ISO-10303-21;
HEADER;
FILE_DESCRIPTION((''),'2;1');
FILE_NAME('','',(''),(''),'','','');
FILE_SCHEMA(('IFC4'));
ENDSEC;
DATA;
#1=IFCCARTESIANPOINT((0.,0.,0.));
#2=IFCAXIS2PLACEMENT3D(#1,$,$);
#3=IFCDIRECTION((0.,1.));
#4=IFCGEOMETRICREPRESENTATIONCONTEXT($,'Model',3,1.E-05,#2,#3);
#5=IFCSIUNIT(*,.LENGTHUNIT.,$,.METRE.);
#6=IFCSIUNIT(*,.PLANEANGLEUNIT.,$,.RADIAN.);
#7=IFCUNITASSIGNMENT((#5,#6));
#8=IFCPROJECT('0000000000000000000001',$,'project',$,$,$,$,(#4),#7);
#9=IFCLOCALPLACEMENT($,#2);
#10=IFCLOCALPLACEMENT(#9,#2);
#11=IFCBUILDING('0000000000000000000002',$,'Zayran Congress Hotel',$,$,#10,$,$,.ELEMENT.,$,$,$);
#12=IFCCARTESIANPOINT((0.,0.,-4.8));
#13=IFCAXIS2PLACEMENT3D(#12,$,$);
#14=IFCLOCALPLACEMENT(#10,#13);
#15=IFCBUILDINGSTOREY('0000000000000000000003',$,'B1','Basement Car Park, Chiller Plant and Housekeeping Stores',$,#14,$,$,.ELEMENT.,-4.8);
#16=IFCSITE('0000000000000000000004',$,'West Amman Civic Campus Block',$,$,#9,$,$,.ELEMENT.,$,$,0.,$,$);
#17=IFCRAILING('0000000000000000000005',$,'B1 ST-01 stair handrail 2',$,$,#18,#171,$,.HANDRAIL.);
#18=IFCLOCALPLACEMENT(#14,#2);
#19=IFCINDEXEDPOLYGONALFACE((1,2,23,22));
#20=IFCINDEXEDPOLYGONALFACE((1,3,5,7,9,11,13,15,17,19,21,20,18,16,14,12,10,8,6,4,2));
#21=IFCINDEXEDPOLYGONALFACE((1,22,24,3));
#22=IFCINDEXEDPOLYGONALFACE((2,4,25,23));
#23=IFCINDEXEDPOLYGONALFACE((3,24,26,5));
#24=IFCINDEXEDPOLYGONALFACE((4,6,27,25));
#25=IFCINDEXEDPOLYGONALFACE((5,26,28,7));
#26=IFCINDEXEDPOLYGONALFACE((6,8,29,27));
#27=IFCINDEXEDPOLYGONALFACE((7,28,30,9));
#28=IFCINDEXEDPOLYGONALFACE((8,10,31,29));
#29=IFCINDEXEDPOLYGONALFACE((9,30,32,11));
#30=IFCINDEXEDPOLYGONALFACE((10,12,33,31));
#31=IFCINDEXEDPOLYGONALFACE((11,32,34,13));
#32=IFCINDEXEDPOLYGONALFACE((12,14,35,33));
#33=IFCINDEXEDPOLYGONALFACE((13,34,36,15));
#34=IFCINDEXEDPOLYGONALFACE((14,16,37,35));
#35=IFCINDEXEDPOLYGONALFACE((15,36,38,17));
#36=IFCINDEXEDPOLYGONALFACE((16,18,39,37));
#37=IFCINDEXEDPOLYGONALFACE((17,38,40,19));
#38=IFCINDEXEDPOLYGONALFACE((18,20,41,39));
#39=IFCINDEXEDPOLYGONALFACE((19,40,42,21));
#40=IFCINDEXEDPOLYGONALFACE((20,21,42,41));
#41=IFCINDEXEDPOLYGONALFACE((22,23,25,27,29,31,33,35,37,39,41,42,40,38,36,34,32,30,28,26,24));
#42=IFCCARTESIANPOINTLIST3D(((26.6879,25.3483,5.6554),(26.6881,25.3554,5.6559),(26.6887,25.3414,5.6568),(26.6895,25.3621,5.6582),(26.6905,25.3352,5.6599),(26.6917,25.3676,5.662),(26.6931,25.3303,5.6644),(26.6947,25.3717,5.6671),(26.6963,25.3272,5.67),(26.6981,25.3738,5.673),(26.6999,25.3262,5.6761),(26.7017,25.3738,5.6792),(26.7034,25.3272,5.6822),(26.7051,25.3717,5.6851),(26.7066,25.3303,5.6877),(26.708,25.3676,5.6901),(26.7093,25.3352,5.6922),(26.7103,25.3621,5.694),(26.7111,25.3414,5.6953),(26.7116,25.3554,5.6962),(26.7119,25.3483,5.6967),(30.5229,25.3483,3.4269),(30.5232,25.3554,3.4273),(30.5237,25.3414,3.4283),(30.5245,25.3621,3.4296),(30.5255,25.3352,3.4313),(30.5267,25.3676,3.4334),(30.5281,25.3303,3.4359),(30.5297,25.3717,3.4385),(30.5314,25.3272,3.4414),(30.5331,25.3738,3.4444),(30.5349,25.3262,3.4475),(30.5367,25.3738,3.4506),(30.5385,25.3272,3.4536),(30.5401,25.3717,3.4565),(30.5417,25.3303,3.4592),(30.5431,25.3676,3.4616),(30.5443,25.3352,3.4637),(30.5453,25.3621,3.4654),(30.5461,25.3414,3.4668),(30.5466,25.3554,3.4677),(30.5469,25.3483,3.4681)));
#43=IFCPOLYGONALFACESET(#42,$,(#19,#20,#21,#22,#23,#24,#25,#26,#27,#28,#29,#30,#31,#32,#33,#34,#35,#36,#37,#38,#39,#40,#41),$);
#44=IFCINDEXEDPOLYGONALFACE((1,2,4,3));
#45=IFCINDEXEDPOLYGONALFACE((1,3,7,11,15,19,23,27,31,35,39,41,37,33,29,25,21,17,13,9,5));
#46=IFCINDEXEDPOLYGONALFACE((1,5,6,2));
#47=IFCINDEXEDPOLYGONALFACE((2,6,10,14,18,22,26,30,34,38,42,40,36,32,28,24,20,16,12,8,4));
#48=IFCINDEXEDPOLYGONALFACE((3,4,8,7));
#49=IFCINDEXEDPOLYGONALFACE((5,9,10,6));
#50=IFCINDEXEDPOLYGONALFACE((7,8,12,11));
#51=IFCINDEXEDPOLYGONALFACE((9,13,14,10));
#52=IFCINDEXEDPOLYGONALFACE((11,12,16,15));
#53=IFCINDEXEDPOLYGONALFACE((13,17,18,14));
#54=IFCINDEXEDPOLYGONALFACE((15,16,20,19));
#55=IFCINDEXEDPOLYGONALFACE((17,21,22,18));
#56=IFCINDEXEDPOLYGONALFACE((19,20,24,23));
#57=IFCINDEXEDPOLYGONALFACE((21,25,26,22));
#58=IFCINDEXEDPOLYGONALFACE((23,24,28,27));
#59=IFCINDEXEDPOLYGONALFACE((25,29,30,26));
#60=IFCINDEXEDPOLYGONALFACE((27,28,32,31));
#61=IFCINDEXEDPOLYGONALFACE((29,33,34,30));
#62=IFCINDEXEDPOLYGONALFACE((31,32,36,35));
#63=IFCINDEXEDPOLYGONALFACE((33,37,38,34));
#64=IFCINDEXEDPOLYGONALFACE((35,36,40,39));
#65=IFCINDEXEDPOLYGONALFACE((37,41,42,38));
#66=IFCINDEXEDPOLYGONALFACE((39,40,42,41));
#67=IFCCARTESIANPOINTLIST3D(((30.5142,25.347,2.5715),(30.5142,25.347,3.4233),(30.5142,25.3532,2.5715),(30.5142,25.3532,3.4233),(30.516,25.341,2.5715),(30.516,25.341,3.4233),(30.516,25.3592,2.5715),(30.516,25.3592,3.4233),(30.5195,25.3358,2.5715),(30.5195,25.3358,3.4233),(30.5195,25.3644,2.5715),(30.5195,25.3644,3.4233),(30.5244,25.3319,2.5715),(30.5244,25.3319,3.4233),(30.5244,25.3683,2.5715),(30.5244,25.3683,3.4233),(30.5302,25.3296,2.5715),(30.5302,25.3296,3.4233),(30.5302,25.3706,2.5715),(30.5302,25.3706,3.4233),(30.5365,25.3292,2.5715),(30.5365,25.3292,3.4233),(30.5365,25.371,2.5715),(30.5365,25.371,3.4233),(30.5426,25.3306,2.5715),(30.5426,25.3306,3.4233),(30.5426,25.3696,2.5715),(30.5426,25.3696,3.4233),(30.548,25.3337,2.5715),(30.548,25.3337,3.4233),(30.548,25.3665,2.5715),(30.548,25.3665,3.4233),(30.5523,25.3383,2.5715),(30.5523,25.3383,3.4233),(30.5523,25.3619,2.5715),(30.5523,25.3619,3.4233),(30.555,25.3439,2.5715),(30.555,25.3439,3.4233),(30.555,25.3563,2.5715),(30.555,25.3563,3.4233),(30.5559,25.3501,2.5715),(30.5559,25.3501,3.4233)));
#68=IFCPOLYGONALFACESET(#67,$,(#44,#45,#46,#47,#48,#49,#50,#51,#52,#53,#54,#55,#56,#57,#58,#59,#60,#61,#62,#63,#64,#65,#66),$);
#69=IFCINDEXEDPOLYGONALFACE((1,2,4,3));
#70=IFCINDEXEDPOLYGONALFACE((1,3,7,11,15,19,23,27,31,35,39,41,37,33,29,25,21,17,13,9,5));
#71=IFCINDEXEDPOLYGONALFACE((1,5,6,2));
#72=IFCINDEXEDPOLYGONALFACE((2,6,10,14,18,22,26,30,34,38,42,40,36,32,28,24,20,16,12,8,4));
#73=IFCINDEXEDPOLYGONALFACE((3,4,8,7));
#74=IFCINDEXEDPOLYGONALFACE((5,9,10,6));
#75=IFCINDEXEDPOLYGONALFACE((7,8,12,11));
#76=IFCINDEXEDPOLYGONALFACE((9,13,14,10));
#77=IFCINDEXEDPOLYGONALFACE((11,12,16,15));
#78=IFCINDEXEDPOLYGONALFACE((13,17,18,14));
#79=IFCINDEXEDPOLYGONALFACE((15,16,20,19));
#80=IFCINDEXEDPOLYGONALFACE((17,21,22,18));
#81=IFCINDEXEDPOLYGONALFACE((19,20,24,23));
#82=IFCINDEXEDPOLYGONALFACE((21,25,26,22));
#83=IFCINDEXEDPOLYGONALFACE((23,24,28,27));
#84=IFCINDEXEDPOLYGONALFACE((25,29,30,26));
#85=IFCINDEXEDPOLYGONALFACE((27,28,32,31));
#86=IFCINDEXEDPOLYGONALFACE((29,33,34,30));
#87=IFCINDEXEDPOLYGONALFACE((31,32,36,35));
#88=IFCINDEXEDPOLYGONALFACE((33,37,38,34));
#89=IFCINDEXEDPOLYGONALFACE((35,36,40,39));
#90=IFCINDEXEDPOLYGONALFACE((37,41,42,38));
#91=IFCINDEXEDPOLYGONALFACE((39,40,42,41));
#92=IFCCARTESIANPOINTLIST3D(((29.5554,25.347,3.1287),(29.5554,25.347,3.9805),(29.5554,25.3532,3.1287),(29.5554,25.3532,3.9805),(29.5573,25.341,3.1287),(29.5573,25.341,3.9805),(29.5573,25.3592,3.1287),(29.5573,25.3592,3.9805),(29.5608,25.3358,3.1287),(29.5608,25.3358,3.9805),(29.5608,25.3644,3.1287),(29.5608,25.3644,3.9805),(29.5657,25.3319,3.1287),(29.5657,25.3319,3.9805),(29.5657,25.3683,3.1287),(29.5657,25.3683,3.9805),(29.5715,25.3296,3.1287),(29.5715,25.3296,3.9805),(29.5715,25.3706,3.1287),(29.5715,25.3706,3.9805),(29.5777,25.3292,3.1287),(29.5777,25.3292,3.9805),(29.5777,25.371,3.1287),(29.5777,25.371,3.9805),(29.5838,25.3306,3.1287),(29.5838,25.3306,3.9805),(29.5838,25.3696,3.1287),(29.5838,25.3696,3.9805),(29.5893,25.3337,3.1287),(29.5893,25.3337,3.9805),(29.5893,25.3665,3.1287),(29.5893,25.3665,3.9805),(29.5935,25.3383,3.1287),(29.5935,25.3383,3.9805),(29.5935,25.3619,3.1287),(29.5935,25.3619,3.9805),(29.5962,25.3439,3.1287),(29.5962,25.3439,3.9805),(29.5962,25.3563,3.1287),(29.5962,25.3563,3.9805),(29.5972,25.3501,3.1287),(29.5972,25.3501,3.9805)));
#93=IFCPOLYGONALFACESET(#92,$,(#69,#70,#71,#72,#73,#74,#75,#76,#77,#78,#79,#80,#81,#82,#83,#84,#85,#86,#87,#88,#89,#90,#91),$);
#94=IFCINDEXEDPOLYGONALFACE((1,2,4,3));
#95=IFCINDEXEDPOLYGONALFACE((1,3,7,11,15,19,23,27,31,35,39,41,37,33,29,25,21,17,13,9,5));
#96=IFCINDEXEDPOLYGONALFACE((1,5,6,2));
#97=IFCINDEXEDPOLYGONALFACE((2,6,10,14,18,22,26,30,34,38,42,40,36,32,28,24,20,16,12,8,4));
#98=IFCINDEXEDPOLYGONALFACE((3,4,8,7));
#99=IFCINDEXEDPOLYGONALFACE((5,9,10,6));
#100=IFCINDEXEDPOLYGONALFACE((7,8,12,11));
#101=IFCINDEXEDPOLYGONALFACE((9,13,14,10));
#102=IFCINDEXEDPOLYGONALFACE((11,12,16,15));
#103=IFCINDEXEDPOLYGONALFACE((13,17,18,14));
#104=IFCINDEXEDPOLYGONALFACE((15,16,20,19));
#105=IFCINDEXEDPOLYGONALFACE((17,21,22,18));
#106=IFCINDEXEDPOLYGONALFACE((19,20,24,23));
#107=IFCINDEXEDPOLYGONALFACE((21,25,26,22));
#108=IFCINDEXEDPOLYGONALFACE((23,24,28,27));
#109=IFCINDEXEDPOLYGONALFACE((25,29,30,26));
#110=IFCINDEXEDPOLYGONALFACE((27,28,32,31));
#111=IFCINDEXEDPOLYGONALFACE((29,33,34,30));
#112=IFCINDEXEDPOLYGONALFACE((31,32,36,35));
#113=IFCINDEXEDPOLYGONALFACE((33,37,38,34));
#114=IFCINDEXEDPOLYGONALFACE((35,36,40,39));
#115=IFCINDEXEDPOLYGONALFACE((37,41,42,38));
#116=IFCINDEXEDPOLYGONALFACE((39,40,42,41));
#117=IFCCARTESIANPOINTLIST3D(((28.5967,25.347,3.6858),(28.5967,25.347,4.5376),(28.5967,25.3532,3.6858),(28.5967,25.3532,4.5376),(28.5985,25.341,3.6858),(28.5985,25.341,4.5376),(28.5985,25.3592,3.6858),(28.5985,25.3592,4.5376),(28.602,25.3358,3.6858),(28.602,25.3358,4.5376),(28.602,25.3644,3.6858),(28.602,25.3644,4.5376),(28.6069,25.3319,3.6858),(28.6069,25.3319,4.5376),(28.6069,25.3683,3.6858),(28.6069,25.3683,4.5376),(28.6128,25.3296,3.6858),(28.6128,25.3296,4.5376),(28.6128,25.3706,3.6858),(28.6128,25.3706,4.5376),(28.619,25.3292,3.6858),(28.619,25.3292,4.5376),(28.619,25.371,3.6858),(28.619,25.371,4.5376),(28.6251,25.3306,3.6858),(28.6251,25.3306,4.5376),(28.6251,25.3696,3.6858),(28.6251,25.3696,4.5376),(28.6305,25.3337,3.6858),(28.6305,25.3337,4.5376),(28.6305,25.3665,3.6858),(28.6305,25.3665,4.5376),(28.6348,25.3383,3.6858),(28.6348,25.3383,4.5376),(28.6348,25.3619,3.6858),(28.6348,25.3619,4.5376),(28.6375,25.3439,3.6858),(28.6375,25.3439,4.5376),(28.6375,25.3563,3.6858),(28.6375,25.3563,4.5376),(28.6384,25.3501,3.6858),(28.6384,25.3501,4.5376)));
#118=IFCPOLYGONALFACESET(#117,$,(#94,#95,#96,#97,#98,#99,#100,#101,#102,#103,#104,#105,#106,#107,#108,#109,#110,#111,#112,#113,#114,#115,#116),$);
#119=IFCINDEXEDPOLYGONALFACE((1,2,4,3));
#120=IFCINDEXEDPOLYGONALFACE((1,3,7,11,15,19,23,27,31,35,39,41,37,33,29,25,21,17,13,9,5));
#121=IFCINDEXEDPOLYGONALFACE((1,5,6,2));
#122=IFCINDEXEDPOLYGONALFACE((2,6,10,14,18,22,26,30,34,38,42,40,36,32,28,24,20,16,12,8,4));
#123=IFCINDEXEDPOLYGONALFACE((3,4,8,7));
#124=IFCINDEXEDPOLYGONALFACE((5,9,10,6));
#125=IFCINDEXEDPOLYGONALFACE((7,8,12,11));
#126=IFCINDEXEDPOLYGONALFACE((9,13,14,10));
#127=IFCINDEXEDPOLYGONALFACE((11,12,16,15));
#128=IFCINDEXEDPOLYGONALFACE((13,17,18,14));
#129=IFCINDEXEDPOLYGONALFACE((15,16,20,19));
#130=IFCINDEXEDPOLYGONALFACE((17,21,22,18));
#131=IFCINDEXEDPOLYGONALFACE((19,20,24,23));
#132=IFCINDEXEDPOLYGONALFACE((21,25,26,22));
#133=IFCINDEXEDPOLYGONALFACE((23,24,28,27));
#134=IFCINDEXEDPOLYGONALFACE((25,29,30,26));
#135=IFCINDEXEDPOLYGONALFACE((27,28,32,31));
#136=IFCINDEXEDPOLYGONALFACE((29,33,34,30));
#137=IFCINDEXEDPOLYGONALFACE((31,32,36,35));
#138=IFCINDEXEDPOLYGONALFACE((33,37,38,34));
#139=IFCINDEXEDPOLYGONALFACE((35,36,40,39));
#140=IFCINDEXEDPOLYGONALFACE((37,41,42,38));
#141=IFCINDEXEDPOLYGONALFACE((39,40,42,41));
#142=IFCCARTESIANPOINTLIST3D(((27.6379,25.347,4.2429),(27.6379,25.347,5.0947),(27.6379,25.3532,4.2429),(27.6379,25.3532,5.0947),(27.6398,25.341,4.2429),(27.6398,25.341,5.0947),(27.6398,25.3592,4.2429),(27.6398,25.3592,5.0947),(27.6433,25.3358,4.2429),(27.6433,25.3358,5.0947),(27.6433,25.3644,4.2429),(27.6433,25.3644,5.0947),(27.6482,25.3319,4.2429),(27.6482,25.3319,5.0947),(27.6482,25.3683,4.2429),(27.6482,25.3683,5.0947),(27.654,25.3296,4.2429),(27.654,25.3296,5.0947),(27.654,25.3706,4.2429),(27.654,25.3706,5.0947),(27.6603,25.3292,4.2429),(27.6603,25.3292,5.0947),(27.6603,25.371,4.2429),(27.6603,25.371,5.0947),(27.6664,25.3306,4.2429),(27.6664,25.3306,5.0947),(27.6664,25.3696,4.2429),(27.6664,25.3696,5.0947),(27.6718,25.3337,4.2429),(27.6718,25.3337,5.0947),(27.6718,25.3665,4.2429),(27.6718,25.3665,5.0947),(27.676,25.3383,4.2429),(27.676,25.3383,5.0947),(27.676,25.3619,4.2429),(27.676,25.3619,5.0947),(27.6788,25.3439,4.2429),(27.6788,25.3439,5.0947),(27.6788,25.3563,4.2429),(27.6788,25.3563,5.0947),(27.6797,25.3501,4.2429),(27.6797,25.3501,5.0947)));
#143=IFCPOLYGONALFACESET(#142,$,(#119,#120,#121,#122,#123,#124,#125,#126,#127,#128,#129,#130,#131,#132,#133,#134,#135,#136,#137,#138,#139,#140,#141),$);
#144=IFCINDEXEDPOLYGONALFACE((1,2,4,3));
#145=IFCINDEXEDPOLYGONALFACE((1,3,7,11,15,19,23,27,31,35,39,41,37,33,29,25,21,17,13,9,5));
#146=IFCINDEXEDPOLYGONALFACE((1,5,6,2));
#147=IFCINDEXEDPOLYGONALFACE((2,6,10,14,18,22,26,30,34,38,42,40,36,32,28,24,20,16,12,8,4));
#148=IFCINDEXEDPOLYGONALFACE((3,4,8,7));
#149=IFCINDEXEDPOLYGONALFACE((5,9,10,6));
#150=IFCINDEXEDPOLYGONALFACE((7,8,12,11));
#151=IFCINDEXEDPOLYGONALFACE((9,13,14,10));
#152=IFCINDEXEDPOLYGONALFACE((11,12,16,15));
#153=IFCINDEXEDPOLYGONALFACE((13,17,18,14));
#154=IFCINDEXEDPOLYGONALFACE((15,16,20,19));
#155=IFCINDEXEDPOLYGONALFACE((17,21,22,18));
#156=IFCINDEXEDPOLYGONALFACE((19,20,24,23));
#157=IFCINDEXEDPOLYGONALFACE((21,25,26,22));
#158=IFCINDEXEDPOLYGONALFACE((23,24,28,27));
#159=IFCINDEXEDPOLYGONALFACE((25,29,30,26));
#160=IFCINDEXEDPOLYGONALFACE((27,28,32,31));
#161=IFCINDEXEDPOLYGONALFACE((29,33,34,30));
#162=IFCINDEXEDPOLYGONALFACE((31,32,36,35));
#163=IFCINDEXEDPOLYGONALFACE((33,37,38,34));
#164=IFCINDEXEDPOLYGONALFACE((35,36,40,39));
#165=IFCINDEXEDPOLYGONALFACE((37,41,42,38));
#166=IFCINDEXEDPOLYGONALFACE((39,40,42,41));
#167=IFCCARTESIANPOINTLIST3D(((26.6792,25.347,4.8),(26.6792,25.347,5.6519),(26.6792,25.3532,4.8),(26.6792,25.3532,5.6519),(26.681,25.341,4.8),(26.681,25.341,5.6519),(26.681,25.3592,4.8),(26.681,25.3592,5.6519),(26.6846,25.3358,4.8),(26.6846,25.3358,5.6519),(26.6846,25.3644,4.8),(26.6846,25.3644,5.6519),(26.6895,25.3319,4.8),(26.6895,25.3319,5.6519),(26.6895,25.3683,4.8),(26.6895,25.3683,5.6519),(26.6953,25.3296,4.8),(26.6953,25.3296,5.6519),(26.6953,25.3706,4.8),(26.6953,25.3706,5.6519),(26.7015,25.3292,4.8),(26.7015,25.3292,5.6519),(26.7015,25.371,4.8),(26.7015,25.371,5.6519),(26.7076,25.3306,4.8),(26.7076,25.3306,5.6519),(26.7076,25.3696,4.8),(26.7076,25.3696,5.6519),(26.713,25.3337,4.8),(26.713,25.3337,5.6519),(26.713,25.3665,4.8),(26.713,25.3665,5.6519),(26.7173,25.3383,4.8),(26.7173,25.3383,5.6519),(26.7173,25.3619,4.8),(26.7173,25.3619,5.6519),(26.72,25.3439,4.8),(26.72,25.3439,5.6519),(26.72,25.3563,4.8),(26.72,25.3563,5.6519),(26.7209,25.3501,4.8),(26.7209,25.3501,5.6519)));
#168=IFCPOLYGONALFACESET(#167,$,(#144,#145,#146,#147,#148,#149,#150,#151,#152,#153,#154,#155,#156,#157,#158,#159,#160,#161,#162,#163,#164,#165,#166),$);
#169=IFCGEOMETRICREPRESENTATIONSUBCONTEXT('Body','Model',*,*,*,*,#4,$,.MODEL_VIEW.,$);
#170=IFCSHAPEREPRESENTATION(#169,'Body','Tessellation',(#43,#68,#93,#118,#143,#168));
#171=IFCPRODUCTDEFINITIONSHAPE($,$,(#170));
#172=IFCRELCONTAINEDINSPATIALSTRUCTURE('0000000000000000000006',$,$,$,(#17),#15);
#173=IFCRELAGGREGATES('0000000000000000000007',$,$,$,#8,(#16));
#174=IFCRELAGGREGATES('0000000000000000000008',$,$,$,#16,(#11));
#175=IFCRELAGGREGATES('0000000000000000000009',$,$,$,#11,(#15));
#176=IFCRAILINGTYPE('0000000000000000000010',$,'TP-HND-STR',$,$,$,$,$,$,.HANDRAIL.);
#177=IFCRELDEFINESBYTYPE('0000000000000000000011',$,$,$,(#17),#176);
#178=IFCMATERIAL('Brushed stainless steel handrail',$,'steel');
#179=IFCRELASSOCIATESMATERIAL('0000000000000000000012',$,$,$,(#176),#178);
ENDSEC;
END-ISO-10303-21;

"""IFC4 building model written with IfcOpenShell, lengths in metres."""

from ifc_helpers import new_model, si_unit, direction, frame, origin, origin_2d, place, context, subcontext, project, spatial, circle, extrude, material, type_object, element, save


model = new_model("IFC4")

# Units and contexts
model_context = context("Model", 3, precision=1e-05, world=origin(), true_north=direction((0.0, 1.0)))
body_context = subcontext(model_context, "Body", "Model", "MODEL_VIEW")
ifc_project = project(units=[si_unit("LENGTHUNIT", "METRE"), si_unit("PLANEANGLEUNIT", "RADIAN")], contexts=[model_context])

# Site, building, storey
site_placement = place(None, origin())
site = spatial("IfcSite", under=ifc_project, at=site_placement, Name="West Amman Civic Campus Block", CompositionType="ELEMENT", RefElevation=0.0)
building_placement = place(site_placement, origin())
building = spatial("IfcBuilding", under=site, at=building_placement, Name="Zayran Congress Hotel", CompositionType="ELEMENT")
storey_placement = place(building_placement, frame((0.0, 0.0, -4.8)))
storey = spatial("IfcBuildingStorey", under=building, at=storey_placement, Name="B1", Description="Basement Car Park, Chiller Plant and Housekeeping Stores", CompositionType="ELEMENT", Elevation=-4.8)

# Railing
ifc_material_1 = material(Name="Brushed stainless steel handrail", Category="steel")
railing_type_1 = type_object("IfcRailingType", Name="TP-HND-STR", PredefinedType="HANDRAIL", material=ifc_material_1)
railing_1_placement = place(storey_placement, frame((30.5349, 25.3501, 2.5715)))
element("IfcRailing", 1, at=railing_1_placement, inside=storey, type_object=railing_type_1, Name="B1 ST-01 stair handrail 2", PredefinedType="HANDRAIL", context=body_context, shape_type="SweptSolid", body=[
    extrude(circle(Radius=0.0239, at=origin_2d()), frame((0.0, 0.0, 0.876), z_axis=(-0.864616, 0.0, 0.502433), x_axis=(0.0, -1.0, 0.0)), (0.0, 0.0, 1.0), 4.4355),
    extrude(circle(Radius=0.021, at=origin_2d()), origin(), (0.0, 0.0, 1.0), 0.8518),
    extrude(circle(Radius=0.021, at=origin_2d()), frame((-0.9587, 0.0, 0.5571)), (0.0, 0.0, 1.0), 0.8518),
    extrude(circle(Radius=0.021, at=origin_2d()), frame((-1.9175, 0.0, 1.1143)), (0.0, 0.0, 1.0), 0.8518),
    extrude(circle(Radius=0.021, at=origin_2d()), frame((-2.8762, 0.0, 1.6714)), (0.0, 0.0, 1.0), 0.8518),
    extrude(circle(Radius=0.021, at=origin_2d()), frame((-3.835, 0.0, 2.2285)), (0.0, 0.0, 1.0), 0.8518),
])

save(model, "model.ifc")
